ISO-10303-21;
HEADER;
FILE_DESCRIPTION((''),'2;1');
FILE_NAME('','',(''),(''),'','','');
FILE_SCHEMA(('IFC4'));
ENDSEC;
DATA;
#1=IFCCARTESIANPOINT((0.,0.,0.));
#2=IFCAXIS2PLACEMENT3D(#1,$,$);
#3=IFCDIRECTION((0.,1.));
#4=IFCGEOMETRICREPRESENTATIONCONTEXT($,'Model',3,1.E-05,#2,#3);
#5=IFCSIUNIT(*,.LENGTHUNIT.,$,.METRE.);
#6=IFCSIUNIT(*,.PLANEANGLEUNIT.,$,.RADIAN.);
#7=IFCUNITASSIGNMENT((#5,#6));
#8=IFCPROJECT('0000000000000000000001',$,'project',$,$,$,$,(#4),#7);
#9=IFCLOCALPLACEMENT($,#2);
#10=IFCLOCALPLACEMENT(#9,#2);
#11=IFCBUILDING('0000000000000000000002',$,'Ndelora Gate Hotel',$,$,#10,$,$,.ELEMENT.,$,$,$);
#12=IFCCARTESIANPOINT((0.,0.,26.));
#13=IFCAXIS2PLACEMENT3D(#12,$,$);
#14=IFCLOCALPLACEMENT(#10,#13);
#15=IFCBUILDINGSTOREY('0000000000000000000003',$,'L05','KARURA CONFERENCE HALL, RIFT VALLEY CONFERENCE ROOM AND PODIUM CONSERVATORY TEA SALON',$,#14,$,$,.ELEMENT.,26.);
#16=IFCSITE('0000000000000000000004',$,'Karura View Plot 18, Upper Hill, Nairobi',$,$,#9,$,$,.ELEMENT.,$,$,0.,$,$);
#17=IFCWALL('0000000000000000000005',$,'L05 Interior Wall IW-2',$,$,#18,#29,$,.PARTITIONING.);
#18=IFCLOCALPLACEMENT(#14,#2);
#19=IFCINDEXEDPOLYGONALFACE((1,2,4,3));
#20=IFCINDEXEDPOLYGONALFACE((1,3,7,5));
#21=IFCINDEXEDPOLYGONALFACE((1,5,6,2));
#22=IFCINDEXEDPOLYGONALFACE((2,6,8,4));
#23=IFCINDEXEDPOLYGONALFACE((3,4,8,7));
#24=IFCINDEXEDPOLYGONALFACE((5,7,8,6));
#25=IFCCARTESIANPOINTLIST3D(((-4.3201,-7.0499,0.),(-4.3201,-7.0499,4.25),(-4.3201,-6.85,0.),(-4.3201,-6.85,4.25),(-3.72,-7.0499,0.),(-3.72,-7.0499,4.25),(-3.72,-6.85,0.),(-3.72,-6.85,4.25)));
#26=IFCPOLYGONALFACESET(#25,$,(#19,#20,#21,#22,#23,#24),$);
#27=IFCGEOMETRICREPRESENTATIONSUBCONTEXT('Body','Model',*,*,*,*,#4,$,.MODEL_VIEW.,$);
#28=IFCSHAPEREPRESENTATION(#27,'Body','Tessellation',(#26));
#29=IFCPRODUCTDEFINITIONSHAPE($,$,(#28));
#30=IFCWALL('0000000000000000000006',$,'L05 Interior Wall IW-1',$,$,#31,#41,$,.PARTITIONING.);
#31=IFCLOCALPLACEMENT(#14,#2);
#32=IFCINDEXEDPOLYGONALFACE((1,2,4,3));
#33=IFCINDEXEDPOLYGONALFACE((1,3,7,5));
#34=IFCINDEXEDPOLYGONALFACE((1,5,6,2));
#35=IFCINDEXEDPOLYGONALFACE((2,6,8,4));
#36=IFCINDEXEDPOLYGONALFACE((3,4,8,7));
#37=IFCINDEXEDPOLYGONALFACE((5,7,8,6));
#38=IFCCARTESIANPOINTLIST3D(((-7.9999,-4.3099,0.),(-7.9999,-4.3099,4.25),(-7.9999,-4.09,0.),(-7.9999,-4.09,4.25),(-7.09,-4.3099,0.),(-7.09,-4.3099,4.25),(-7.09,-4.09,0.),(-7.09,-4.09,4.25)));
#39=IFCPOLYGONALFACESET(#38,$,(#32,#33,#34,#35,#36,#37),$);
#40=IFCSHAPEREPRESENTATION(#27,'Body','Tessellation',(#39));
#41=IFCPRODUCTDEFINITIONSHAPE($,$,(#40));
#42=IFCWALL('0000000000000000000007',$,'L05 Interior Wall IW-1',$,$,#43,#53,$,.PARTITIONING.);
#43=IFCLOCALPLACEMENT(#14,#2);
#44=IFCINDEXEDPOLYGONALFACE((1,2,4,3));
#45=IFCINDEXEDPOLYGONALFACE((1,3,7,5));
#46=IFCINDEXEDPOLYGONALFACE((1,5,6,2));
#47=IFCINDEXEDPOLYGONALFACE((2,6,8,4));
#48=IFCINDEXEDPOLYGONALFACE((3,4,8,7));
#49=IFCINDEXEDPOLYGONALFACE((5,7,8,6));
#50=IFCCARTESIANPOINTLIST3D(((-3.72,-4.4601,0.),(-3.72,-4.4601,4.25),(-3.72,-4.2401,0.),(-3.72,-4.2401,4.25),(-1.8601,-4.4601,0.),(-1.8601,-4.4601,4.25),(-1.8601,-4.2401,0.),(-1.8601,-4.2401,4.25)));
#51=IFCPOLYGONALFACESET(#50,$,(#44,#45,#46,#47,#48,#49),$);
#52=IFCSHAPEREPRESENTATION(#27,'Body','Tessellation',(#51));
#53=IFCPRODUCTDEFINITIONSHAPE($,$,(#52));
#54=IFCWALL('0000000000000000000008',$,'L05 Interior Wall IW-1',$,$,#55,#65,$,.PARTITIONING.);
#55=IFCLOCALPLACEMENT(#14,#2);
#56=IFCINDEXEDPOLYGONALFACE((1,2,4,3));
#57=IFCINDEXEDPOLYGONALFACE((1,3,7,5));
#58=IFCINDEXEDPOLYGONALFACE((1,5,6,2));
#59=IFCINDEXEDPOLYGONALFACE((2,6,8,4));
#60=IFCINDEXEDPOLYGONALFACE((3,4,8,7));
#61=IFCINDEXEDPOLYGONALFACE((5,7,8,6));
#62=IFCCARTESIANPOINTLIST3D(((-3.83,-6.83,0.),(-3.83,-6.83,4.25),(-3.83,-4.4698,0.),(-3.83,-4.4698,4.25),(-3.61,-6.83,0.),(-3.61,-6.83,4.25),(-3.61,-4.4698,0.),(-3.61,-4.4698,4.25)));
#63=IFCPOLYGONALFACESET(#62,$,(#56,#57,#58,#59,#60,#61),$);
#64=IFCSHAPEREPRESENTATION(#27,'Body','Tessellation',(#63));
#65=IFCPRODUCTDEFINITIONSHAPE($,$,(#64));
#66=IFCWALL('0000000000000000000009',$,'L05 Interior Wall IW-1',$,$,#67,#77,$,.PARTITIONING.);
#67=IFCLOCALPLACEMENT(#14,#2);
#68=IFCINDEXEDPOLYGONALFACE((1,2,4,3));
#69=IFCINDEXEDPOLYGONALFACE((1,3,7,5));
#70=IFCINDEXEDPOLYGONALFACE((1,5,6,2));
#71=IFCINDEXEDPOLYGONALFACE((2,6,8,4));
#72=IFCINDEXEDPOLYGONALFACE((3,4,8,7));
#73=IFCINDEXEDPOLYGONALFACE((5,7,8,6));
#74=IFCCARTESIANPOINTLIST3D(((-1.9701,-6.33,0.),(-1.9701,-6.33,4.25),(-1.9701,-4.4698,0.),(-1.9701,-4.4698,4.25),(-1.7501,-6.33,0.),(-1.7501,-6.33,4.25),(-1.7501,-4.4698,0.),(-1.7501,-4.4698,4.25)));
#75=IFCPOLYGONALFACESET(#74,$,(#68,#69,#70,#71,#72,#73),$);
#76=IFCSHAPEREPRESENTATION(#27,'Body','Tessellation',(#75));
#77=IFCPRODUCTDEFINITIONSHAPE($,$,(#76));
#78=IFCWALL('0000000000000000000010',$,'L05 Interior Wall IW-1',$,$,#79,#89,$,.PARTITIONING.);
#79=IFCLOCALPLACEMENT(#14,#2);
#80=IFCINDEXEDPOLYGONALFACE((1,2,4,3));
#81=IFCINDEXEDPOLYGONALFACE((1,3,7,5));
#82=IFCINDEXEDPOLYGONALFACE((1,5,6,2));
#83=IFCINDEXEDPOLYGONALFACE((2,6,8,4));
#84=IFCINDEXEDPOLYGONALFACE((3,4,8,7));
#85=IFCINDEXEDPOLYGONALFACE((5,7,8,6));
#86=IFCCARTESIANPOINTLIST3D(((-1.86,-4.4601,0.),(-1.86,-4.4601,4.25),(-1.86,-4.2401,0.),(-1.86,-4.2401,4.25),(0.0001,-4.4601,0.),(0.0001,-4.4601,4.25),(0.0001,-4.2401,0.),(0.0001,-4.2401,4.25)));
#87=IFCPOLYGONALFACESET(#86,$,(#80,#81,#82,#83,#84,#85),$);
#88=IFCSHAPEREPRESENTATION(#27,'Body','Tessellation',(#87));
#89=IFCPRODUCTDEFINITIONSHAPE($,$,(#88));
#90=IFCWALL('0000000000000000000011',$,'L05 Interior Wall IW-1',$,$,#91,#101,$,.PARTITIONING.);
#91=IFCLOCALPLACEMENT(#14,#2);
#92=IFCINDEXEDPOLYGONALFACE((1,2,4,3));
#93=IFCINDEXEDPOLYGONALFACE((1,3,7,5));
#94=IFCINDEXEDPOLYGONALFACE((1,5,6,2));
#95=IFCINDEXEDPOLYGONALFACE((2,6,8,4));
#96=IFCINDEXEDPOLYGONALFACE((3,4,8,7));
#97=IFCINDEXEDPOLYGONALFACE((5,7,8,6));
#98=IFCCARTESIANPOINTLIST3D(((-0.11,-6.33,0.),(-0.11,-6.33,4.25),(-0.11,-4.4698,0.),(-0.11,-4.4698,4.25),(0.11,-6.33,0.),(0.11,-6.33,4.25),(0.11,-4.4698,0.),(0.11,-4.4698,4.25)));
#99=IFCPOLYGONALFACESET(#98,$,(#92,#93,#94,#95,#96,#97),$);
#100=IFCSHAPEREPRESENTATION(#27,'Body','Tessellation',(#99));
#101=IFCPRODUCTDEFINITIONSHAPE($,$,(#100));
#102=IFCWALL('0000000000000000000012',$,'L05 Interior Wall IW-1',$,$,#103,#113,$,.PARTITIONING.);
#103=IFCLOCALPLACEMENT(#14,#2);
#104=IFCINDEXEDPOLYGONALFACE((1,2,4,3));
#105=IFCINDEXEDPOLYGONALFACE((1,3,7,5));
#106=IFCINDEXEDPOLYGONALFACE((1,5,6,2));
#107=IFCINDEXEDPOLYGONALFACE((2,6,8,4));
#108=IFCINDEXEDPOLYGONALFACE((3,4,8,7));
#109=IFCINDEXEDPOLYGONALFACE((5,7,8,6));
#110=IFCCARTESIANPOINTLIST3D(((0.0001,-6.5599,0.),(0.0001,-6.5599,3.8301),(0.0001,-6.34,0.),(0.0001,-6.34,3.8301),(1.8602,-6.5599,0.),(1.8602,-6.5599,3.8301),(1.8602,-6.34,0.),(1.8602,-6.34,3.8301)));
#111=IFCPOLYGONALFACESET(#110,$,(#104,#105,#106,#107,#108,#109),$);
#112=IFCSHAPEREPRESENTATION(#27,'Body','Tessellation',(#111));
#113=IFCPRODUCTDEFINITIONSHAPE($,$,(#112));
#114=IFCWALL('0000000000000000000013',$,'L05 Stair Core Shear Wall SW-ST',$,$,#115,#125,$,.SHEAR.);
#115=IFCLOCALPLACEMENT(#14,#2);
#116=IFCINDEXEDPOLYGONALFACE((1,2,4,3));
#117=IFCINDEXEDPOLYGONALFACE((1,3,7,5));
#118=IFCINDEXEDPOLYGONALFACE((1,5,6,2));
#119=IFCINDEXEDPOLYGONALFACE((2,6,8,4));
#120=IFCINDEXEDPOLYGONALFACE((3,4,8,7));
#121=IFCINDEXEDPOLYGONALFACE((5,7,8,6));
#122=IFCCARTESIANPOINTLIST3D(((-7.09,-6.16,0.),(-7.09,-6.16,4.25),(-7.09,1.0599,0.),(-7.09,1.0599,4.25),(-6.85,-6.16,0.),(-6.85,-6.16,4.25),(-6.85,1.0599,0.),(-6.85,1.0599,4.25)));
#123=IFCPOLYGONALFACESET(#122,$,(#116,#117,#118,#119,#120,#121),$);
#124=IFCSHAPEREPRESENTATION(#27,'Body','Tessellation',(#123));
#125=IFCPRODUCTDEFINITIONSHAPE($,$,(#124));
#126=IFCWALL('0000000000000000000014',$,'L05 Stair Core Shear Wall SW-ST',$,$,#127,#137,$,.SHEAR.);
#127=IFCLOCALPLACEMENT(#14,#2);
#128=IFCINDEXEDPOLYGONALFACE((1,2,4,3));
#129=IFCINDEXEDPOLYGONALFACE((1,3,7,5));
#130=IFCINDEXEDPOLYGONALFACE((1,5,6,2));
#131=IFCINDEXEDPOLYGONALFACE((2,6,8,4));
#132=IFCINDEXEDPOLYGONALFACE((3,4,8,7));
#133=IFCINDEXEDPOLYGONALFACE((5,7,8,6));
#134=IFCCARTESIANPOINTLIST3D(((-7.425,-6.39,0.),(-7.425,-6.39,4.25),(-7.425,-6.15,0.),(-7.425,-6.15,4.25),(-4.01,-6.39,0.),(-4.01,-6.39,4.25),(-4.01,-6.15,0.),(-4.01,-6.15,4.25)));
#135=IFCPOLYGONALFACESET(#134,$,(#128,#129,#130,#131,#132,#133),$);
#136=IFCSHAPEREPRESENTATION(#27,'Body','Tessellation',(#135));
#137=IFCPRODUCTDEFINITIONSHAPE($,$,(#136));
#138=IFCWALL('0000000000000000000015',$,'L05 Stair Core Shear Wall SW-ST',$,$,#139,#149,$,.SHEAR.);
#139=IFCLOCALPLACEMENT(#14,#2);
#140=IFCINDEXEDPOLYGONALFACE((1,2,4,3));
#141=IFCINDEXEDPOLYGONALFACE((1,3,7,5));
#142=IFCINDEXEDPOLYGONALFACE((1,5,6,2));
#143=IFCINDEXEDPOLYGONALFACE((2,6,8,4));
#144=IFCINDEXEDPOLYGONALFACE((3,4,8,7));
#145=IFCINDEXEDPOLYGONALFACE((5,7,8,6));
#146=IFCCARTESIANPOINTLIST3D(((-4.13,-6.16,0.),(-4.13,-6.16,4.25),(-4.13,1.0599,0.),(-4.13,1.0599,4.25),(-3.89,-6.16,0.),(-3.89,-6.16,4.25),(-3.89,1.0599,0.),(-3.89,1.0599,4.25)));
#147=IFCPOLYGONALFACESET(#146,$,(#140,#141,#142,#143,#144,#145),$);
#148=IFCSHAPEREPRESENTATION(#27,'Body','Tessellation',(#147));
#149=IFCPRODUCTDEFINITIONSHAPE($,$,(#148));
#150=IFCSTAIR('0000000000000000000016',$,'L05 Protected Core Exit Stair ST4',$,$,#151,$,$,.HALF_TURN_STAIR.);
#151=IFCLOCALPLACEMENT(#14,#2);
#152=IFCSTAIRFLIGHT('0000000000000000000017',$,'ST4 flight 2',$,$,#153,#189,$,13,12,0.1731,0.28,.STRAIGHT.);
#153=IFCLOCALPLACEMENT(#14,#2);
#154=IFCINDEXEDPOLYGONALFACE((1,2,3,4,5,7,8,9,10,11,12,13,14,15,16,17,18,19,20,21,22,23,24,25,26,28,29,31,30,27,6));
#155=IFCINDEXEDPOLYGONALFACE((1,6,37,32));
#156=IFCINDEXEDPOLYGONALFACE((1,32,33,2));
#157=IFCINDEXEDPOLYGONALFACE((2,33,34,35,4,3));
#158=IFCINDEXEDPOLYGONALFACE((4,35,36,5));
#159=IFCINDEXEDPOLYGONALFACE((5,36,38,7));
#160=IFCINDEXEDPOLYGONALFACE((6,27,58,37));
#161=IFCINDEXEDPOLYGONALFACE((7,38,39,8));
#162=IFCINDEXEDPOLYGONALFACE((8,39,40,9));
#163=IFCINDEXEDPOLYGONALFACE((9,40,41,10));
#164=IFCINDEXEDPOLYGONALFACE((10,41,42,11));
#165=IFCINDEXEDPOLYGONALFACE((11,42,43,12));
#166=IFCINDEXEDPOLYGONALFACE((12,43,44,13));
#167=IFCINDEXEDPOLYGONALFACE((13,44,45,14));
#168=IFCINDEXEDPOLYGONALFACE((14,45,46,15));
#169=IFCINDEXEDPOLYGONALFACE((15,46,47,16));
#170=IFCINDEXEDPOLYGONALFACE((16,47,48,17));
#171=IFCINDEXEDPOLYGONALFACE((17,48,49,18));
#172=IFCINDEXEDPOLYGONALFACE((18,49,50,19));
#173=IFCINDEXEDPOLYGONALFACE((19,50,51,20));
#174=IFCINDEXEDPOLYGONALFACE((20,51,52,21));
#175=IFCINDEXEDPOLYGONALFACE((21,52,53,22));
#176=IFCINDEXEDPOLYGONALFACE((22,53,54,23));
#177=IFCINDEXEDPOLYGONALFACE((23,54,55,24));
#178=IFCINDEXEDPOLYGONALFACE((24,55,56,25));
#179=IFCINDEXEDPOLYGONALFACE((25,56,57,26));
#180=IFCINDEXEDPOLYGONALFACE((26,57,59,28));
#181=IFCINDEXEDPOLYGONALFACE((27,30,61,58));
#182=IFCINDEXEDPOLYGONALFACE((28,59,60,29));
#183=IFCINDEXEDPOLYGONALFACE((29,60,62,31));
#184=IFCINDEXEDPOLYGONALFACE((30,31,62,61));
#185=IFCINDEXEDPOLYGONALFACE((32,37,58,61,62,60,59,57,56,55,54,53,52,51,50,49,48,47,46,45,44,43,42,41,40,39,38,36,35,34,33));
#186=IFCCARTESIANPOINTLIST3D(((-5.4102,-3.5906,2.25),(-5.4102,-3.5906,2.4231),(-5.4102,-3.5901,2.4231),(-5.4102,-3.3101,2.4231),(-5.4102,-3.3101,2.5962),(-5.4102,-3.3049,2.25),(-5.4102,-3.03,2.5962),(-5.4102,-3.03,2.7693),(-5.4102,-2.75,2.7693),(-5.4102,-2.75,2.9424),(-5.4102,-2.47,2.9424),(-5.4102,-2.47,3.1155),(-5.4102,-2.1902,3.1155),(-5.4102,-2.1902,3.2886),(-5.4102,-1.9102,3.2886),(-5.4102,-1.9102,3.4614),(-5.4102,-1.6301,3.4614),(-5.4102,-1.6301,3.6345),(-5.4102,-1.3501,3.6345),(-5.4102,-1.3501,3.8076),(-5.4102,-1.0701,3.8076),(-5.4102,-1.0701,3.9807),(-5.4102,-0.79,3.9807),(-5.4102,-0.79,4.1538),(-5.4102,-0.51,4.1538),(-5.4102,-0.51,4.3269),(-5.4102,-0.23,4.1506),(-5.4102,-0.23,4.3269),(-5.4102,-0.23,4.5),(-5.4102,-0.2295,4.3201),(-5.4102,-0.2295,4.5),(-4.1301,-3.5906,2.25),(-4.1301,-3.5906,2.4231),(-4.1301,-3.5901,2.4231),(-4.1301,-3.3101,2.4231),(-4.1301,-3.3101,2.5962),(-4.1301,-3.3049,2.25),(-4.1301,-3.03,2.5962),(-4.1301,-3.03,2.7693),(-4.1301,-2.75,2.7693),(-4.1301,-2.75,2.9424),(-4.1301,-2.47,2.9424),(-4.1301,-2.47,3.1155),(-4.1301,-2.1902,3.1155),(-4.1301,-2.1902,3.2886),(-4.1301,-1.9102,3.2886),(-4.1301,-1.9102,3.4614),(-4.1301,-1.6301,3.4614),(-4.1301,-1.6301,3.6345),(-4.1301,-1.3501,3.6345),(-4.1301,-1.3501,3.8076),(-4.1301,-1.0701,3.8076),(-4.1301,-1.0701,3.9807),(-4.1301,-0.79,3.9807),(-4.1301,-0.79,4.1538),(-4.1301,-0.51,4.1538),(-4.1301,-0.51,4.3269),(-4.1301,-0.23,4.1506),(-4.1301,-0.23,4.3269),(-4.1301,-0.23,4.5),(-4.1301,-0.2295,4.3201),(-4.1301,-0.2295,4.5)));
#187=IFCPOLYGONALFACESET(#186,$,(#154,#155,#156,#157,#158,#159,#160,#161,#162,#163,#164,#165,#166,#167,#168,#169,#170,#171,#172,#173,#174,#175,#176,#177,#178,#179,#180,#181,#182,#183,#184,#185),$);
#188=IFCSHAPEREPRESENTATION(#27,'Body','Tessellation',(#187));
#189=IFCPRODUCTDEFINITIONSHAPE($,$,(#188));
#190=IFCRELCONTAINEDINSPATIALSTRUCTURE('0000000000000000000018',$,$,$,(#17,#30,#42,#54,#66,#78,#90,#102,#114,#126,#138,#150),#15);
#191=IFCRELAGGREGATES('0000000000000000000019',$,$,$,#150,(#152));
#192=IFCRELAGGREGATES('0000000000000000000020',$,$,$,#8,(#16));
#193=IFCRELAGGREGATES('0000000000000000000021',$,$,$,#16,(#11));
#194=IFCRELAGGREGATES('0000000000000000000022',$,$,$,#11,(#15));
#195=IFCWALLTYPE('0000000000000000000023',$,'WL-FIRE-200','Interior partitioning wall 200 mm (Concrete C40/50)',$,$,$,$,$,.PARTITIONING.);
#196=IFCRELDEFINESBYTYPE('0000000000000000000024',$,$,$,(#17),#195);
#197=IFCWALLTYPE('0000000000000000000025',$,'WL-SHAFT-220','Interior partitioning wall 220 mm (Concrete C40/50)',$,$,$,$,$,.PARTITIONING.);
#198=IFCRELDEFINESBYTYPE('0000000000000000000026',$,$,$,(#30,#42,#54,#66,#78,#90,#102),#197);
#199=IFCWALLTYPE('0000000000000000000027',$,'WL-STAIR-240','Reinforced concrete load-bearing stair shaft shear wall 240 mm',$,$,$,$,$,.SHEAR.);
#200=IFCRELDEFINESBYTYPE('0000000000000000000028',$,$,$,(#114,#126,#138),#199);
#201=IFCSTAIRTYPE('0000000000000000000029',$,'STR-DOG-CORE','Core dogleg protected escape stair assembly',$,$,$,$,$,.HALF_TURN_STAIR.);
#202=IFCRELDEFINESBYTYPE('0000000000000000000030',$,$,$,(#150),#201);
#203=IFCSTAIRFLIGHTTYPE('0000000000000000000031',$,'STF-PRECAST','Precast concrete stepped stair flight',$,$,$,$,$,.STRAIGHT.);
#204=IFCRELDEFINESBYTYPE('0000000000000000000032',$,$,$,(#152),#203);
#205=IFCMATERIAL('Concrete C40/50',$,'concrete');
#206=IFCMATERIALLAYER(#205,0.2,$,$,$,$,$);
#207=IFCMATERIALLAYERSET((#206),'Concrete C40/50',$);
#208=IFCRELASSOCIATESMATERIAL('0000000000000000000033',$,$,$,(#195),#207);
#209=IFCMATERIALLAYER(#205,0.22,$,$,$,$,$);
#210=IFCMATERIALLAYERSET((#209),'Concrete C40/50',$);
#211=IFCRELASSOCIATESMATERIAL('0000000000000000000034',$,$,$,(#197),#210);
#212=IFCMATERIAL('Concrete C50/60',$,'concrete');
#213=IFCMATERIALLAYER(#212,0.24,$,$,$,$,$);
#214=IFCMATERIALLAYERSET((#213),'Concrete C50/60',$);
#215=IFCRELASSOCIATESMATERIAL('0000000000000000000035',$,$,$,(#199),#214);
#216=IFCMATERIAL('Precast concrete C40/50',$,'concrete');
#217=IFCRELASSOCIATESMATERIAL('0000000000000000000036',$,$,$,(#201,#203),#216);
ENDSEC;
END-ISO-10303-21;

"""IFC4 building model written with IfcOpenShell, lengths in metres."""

from ifc_helpers import new_model, si_unit, direction, frame, frame_2d, origin, place, context, subcontext, project, spatial, polyline, rectangle, outline, extrude, material, layer, layer_set, type_object, element, aggregate, save


model = new_model("IFC4")

# Units and contexts
model_context = context("Model", 3, precision=1e-05, world=origin(), true_north=direction((0.0, 1.0)))
body_context = subcontext(model_context, "Body", "Model", "MODEL_VIEW")
ifc_project = project(units=[si_unit("LENGTHUNIT", "METRE"), si_unit("PLANEANGLEUNIT", "RADIAN")], contexts=[model_context])

# Site, building, storey
site_placement = place(None, origin())
site = spatial("IfcSite", under=ifc_project, at=site_placement, Name="Karura View Plot 18, Upper Hill, Nairobi", CompositionType="ELEMENT", RefElevation=0.0)
building_placement = place(site_placement, origin())
building = spatial("IfcBuilding", under=site, at=building_placement, Name="Ndelora Gate Hotel", CompositionType="ELEMENT")
storey_placement = place(building_placement, frame((0.0, 0.0, 26.0)))
storey = spatial("IfcBuildingStorey", under=building, at=storey_placement, Name="L05", Description="KARURA CONFERENCE HALL, RIFT VALLEY CONFERENCE ROOM AND PODIUM CONSERVATORY TEA SALON", CompositionType="ELEMENT", Elevation=26.0)

# Shared definitions
ifc_material_1 = material(Name="Concrete C50/60", Category="concrete")

# Walls
ifc_material_2 = material(Name="Concrete C40/50", Category="concrete")
ifc_layer_1 = layer(ifc_material_2, 0.2)
ifc_layer_set_1 = layer_set([ifc_layer_1], Name="Concrete C40/50")
wall_type_1 = type_object("IfcWallType", Name="WL-FIRE-200", Description="Interior partitioning wall 200 mm (Concrete C40/50)", PredefinedType="PARTITIONING", material=ifc_layer_set_1)
wall_1_placement = place(storey_placement, frame((-4.3201, -6.95, 0.0), z_axis=(0.0, 0.0, 1.0), x_axis=(1.0, 0.0, 0.0)))
element("IfcWall", 1, at=wall_1_placement, inside=storey, type_object=wall_type_1, Name="L05 Interior Wall IW-2", PredefinedType="PARTITIONING", context=body_context, shape_type="SweptSolid", body=[
    extrude(rectangle(XDim=0.6001, YDim=0.2, at=frame_2d((0.3, 0.0))), origin(), (0.0, 0.0, 1.0), 4.25),
])
ifc_layer_2 = layer(ifc_material_2, 0.22)
ifc_layer_set_2 = layer_set([ifc_layer_2], Name="Concrete C40/50")
wall_type_2 = type_object("IfcWallType", Name="WL-SHAFT-220", Description="Interior partitioning wall 220 mm (Concrete C40/50)", PredefinedType="PARTITIONING", material=ifc_layer_set_2)
wall_2_placement = place(storey_placement, frame((-8.0, -4.2, 0.0), z_axis=(0.0, 0.0, 1.0), x_axis=(1.0, 0.0, 0.0)))
element("IfcWall", 2, at=wall_2_placement, inside=storey, type_object=wall_type_2, Name="L05 Interior Wall IW-1", PredefinedType="PARTITIONING", context=body_context, shape_type="SweptSolid", body=[
    extrude(rectangle(XDim=0.9099, YDim=0.22, at=frame_2d((0.4551, 0.0))), origin(), (0.0, 0.0, 1.0), 4.25),
])

# Walls
wall_3_placement = place(storey_placement, frame((-3.72, -4.3501, 0.0), z_axis=(0.0, 0.0, 1.0), x_axis=(1.0, 0.0, 0.0)))
element("IfcWall", 3, at=wall_3_placement, inside=storey, type_object=wall_type_2, Name="L05 Interior Wall IW-1", PredefinedType="PARTITIONING", context=body_context, shape_type="SweptSolid", body=[
    extrude(rectangle(XDim=1.8599, YDim=0.22, at=frame_2d((0.9299, 0.0))), origin(), (0.0, 0.0, 1.0), 4.25),
])
wall_4_placement = place(storey_placement, frame((-3.72, -6.8301, 0.0), z_axis=(0.0, 0.0, 1.0), x_axis=(0.0, 1.0, 0.0)))
element("IfcWall", 4, at=wall_4_placement, inside=storey, type_object=wall_type_2, Name="L05 Interior Wall IW-1", PredefinedType="PARTITIONING", context=body_context, shape_type="SweptSolid", body=[
    extrude(rectangle(XDim=2.3601, YDim=0.22, at=frame_2d((1.1802, 0.0))), origin(), (0.0, 0.0, 1.0), 4.25),
])
wall_5_placement = place(storey_placement, frame((-1.8601, -6.3301, 0.0), z_axis=(0.0, 0.0, 1.0), x_axis=(0.0, 1.0, 0.0)))
element("IfcWall", 5, at=wall_5_placement, inside=storey, type_object=wall_type_2, Name="L05 Interior Wall IW-1", PredefinedType="PARTITIONING", context=body_context, shape_type="SweptSolid", body=[
    extrude(rectangle(XDim=1.8601, YDim=0.22, at=frame_2d((0.9302, 0.0))), origin(), (0.0, 0.0, 1.0), 4.25),
])

# Walls
for number, where, z_axis, x_axis, name in (
    (6, (-1.8601, -4.3501, 0.0), (0.0, 0.0, 1.0), (1.0, 0.0, 0.0), "L05 Interior Wall IW-1"),
    (7, (0.0, -6.3301, 0.0), (0.0, 0.0, 1.0), (0.0, 1.0, 0.0), "L05 Interior Wall IW-1"),
):
    element("IfcWall", number, at=place(storey_placement, frame(where, z_axis=z_axis, x_axis=x_axis)), inside=storey, type_object=wall_type_2, Name=name, PredefinedType="PARTITIONING", context=body_context, shape_type="SweptSolid", body=[
        extrude(rectangle(XDim=1.8601, YDim=0.22, at=frame_2d((0.9302, 0.0))), origin(), (0.0, 0.0, 1.0), 4.25),
    ])
wall_6_placement = place(storey_placement, frame((0.0, -6.45, 0.0), z_axis=(0.0, 0.0, 1.0), x_axis=(1.0, 0.0, 0.0)))
element("IfcWall", 8, at=wall_6_placement, inside=storey, type_object=wall_type_2, Name="L05 Interior Wall IW-1", PredefinedType="PARTITIONING", context=body_context, shape_type="SweptSolid", body=[
    extrude(rectangle(XDim=1.8601, YDim=0.22, at=frame_2d((0.9302, 0.0))), origin(), (0.0, 0.0, 1.0), 3.8301),
])
ifc_layer_3 = layer(ifc_material_1, 0.24)
ifc_layer_set_3 = layer_set([ifc_layer_3], Name="Concrete C50/60")
wall_type_3 = type_object("IfcWallType", Name="WL-STAIR-240", Description="Reinforced concrete load-bearing stair shaft shear wall 240 mm", PredefinedType="SHEAR", material=ifc_layer_set_3)
wall_7_placement = place(storey_placement, frame((-6.97, -6.1599, 0.0), z_axis=(0.0, 0.0, 1.0), x_axis=(0.0, 1.0, 0.0)))
element("IfcWall", 9, at=wall_7_placement, inside=storey, type_object=wall_type_3, Name="L05 Stair Core Shear Wall SW-ST", PredefinedType="SHEAR", context=body_context, shape_type="SweptSolid", body=[
    extrude(rectangle(XDim=7.22, YDim=0.24, at=frame_2d((3.6099, 0.0))), origin(), (0.0, 0.0, 1.0), 4.25),
])
wall_8_placement = place(storey_placement, frame((-7.425, -6.27, 0.0), z_axis=(0.0, 0.0, 1.0), x_axis=(1.0, 0.0, 0.0)))
element("IfcWall", 10, at=wall_8_placement, inside=storey, type_object=wall_type_3, Name="L05 Stair Core Shear Wall SW-ST", PredefinedType="SHEAR", context=body_context, shape_type="SweptSolid", body=[
    extrude(rectangle(XDim=3.415, YDim=0.24, at=frame_2d((1.7075, 0.0))), origin(), (0.0, 0.0, 1.0), 4.25),
])
wall_9_placement = place(storey_placement, frame((-4.01, -6.1599, 0.0), z_axis=(0.0, 0.0, 1.0), x_axis=(0.0, 1.0, 0.0)))
element("IfcWall", 11, at=wall_9_placement, inside=storey, type_object=wall_type_3, Name="L05 Stair Core Shear Wall SW-ST", PredefinedType="SHEAR", context=body_context, shape_type="SweptSolid", body=[
    extrude(rectangle(XDim=7.22, YDim=0.24, at=frame_2d((3.6099, 0.0))), origin(), (0.0, 0.0, 1.0), 4.25),
])

# Stair, stair flight
ifc_material_3 = material(Name="Precast concrete C40/50", Category="concrete")
stair_type = type_object("IfcStairType", Name="STR-DOG-CORE", Description="Core dogleg protected escape stair assembly", PredefinedType="HALF_TURN_STAIR", material=ifc_material_3)
stair_placement = place(storey_placement, origin())
stair = element("IfcStair", 12, at=stair_placement, inside=storey, type_object=stair_type, Name="L05 Protected Core Exit Stair ST4", PredefinedType="HALF_TURN_STAIR")
stair_flight_type = type_object("IfcStairFlightType", Name="STF-PRECAST", Description="Precast concrete stepped stair flight", PredefinedType="STRAIGHT", material=ifc_material_3)
stair_flight_placement = place(storey_placement, frame((-4.77, -3.5901, 2.25), z_axis=(0.0, 0.0, 1.0), x_axis=(0.0, 1.0, 0.0)))
stair_flight = element("IfcStairFlight", 13, at=stair_flight_placement, type_object=stair_flight_type, Name="ST4 flight 2", NumberOfRisers=13, NumberOfTreads=12, PredefinedType="STRAIGHT", RiserHeight=0.1731, TreadLength=0.28, context=body_context, shape_type="SweptSolid", body=[
    extrude(outline(polyline([(-0.0005, 0.0), (-0.0005, 0.1731), (0.0, 0.1731), (0.28, 0.1731), (0.28, 0.3462), (0.5601, 0.3462), (0.5601, 0.5193), (0.8401, 0.5193), (0.8401, 0.6924), (1.1201, 0.6924), (1.1201, 0.8655), (1.3999, 0.8655), (1.3999, 1.0386), (1.6799, 1.0386), (1.6799, 1.2114), (1.96, 1.2114), (1.96, 1.3845), (2.24, 1.3845), (2.24, 1.5576), (2.52, 1.5576), (2.52, 1.7307), (2.8, 1.7307), (2.8, 1.9038), (3.0801, 1.9038), (3.0801, 2.0769), (3.3601, 2.0769), (3.3601, 2.25), (3.3606, 2.25), (3.3606, 2.0701), (3.3601, 1.9006), (0.2852, 0.0), (-0.0005, 0.0)])), frame((0.0, 0.6401, 0.0), z_axis=(0.0, -1.0, 0.0), x_axis=(1.0, 0.0, 0.0)), (0.0, 0.0, 1.0), 1.28),
])
aggregate(stair, [stair_flight])

save(model, "model.ifc")
